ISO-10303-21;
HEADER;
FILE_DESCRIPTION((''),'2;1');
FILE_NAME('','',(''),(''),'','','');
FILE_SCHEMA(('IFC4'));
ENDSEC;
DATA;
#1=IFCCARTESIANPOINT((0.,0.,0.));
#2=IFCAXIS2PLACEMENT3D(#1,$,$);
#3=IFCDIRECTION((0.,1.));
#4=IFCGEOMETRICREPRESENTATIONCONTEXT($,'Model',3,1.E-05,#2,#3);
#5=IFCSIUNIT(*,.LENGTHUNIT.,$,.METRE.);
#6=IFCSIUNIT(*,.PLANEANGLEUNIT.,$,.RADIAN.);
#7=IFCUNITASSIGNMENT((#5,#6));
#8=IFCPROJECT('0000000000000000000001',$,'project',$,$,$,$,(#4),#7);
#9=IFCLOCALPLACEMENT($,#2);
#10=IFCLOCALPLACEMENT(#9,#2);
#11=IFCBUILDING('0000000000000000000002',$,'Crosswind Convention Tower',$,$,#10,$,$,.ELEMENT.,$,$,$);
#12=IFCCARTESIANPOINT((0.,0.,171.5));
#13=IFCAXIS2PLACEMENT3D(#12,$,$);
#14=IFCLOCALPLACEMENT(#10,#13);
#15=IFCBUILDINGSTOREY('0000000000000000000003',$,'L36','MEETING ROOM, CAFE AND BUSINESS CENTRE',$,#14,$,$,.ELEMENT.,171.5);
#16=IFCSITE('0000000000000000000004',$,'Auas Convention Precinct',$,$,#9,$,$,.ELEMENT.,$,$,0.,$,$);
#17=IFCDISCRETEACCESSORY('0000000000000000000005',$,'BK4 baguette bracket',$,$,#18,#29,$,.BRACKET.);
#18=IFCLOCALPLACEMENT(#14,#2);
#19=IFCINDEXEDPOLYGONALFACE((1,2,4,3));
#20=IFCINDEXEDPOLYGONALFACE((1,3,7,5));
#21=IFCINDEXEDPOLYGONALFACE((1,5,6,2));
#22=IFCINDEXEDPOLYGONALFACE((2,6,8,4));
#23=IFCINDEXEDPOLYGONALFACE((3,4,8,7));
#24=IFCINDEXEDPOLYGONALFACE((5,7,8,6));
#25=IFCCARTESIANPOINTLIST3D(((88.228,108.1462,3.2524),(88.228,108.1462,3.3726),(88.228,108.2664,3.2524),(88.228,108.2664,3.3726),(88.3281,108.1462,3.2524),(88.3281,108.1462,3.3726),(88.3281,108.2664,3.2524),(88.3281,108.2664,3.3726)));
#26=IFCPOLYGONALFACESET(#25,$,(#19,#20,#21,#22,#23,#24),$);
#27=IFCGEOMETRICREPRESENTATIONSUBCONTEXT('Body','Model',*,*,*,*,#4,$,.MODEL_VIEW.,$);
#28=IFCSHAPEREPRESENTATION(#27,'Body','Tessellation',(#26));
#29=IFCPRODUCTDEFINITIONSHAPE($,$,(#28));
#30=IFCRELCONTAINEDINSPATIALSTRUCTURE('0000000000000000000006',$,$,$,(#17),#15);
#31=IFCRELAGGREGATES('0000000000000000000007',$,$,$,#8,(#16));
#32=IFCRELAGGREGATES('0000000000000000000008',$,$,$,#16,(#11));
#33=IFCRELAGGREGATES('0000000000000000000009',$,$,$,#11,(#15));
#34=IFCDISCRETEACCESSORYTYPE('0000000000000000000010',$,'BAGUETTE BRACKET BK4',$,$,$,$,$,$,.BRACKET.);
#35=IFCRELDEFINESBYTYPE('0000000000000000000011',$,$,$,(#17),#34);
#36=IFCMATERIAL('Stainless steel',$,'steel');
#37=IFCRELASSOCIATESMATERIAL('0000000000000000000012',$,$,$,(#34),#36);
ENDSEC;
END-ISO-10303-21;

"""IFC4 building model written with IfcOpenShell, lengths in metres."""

from ifc_helpers import new_model, si_unit, direction, frame, origin, origin_2d, place, context, subcontext, project, spatial, rectangle, extrude, material, type_object, element, save


model = new_model("IFC4")

# Units and contexts
model_context = context("Model", 3, precision=1e-05, world=origin(), true_north=direction((0.0, 1.0)))
body_context = subcontext(model_context, "Body", "Model", "MODEL_VIEW")
ifc_project = project(units=[si_unit("LENGTHUNIT", "METRE"), si_unit("PLANEANGLEUNIT", "RADIAN")], contexts=[model_context])

# Site, building, storey
site_placement = place(None, origin())
site = spatial("IfcSite", under=ifc_project, at=site_placement, Name="Auas Convention Precinct", CompositionType="ELEMENT", RefElevation=0.0)
building_placement = place(site_placement, origin())
building = spatial("IfcBuilding", under=site, at=building_placement, Name="Crosswind Convention Tower", CompositionType="ELEMENT")
storey_placement = place(building_placement, frame((0.0, 0.0, 171.5)))
storey = spatial("IfcBuildingStorey", under=building, at=storey_placement, Name="L36", Description="MEETING ROOM, CAFE AND BUSINESS CENTRE", CompositionType="ELEMENT", Elevation=171.5)

# Discrete accessory
ifc_material_1 = material(Name="Stainless steel", Category="steel")
discrete_accessory_type = type_object("IfcDiscreteAccessoryType", Name="BAGUETTE BRACKET BK4", PredefinedType="BRACKET", material=ifc_material_1)
discrete_accessory_placement = place(storey_placement, frame((88.2781, 108.2063, 3.2524), z_axis=(0.0, 0.0, 1.0), x_axis=(0.0, -1.0, 0.0)))
element("IfcDiscreteAccessory", 1, at=discrete_accessory_placement, inside=storey, type_object=discrete_accessory_type, Name="BK4 baguette bracket", PredefinedType="BRACKET", context=body_context, shape_type="SweptSolid", body=[
    extrude(rectangle(XDim=0.1201, YDim=0.1001, at=origin_2d()), origin(), (0.0, 0.0, 1.0), 0.1201),
])

save(model, "model.ifc")
